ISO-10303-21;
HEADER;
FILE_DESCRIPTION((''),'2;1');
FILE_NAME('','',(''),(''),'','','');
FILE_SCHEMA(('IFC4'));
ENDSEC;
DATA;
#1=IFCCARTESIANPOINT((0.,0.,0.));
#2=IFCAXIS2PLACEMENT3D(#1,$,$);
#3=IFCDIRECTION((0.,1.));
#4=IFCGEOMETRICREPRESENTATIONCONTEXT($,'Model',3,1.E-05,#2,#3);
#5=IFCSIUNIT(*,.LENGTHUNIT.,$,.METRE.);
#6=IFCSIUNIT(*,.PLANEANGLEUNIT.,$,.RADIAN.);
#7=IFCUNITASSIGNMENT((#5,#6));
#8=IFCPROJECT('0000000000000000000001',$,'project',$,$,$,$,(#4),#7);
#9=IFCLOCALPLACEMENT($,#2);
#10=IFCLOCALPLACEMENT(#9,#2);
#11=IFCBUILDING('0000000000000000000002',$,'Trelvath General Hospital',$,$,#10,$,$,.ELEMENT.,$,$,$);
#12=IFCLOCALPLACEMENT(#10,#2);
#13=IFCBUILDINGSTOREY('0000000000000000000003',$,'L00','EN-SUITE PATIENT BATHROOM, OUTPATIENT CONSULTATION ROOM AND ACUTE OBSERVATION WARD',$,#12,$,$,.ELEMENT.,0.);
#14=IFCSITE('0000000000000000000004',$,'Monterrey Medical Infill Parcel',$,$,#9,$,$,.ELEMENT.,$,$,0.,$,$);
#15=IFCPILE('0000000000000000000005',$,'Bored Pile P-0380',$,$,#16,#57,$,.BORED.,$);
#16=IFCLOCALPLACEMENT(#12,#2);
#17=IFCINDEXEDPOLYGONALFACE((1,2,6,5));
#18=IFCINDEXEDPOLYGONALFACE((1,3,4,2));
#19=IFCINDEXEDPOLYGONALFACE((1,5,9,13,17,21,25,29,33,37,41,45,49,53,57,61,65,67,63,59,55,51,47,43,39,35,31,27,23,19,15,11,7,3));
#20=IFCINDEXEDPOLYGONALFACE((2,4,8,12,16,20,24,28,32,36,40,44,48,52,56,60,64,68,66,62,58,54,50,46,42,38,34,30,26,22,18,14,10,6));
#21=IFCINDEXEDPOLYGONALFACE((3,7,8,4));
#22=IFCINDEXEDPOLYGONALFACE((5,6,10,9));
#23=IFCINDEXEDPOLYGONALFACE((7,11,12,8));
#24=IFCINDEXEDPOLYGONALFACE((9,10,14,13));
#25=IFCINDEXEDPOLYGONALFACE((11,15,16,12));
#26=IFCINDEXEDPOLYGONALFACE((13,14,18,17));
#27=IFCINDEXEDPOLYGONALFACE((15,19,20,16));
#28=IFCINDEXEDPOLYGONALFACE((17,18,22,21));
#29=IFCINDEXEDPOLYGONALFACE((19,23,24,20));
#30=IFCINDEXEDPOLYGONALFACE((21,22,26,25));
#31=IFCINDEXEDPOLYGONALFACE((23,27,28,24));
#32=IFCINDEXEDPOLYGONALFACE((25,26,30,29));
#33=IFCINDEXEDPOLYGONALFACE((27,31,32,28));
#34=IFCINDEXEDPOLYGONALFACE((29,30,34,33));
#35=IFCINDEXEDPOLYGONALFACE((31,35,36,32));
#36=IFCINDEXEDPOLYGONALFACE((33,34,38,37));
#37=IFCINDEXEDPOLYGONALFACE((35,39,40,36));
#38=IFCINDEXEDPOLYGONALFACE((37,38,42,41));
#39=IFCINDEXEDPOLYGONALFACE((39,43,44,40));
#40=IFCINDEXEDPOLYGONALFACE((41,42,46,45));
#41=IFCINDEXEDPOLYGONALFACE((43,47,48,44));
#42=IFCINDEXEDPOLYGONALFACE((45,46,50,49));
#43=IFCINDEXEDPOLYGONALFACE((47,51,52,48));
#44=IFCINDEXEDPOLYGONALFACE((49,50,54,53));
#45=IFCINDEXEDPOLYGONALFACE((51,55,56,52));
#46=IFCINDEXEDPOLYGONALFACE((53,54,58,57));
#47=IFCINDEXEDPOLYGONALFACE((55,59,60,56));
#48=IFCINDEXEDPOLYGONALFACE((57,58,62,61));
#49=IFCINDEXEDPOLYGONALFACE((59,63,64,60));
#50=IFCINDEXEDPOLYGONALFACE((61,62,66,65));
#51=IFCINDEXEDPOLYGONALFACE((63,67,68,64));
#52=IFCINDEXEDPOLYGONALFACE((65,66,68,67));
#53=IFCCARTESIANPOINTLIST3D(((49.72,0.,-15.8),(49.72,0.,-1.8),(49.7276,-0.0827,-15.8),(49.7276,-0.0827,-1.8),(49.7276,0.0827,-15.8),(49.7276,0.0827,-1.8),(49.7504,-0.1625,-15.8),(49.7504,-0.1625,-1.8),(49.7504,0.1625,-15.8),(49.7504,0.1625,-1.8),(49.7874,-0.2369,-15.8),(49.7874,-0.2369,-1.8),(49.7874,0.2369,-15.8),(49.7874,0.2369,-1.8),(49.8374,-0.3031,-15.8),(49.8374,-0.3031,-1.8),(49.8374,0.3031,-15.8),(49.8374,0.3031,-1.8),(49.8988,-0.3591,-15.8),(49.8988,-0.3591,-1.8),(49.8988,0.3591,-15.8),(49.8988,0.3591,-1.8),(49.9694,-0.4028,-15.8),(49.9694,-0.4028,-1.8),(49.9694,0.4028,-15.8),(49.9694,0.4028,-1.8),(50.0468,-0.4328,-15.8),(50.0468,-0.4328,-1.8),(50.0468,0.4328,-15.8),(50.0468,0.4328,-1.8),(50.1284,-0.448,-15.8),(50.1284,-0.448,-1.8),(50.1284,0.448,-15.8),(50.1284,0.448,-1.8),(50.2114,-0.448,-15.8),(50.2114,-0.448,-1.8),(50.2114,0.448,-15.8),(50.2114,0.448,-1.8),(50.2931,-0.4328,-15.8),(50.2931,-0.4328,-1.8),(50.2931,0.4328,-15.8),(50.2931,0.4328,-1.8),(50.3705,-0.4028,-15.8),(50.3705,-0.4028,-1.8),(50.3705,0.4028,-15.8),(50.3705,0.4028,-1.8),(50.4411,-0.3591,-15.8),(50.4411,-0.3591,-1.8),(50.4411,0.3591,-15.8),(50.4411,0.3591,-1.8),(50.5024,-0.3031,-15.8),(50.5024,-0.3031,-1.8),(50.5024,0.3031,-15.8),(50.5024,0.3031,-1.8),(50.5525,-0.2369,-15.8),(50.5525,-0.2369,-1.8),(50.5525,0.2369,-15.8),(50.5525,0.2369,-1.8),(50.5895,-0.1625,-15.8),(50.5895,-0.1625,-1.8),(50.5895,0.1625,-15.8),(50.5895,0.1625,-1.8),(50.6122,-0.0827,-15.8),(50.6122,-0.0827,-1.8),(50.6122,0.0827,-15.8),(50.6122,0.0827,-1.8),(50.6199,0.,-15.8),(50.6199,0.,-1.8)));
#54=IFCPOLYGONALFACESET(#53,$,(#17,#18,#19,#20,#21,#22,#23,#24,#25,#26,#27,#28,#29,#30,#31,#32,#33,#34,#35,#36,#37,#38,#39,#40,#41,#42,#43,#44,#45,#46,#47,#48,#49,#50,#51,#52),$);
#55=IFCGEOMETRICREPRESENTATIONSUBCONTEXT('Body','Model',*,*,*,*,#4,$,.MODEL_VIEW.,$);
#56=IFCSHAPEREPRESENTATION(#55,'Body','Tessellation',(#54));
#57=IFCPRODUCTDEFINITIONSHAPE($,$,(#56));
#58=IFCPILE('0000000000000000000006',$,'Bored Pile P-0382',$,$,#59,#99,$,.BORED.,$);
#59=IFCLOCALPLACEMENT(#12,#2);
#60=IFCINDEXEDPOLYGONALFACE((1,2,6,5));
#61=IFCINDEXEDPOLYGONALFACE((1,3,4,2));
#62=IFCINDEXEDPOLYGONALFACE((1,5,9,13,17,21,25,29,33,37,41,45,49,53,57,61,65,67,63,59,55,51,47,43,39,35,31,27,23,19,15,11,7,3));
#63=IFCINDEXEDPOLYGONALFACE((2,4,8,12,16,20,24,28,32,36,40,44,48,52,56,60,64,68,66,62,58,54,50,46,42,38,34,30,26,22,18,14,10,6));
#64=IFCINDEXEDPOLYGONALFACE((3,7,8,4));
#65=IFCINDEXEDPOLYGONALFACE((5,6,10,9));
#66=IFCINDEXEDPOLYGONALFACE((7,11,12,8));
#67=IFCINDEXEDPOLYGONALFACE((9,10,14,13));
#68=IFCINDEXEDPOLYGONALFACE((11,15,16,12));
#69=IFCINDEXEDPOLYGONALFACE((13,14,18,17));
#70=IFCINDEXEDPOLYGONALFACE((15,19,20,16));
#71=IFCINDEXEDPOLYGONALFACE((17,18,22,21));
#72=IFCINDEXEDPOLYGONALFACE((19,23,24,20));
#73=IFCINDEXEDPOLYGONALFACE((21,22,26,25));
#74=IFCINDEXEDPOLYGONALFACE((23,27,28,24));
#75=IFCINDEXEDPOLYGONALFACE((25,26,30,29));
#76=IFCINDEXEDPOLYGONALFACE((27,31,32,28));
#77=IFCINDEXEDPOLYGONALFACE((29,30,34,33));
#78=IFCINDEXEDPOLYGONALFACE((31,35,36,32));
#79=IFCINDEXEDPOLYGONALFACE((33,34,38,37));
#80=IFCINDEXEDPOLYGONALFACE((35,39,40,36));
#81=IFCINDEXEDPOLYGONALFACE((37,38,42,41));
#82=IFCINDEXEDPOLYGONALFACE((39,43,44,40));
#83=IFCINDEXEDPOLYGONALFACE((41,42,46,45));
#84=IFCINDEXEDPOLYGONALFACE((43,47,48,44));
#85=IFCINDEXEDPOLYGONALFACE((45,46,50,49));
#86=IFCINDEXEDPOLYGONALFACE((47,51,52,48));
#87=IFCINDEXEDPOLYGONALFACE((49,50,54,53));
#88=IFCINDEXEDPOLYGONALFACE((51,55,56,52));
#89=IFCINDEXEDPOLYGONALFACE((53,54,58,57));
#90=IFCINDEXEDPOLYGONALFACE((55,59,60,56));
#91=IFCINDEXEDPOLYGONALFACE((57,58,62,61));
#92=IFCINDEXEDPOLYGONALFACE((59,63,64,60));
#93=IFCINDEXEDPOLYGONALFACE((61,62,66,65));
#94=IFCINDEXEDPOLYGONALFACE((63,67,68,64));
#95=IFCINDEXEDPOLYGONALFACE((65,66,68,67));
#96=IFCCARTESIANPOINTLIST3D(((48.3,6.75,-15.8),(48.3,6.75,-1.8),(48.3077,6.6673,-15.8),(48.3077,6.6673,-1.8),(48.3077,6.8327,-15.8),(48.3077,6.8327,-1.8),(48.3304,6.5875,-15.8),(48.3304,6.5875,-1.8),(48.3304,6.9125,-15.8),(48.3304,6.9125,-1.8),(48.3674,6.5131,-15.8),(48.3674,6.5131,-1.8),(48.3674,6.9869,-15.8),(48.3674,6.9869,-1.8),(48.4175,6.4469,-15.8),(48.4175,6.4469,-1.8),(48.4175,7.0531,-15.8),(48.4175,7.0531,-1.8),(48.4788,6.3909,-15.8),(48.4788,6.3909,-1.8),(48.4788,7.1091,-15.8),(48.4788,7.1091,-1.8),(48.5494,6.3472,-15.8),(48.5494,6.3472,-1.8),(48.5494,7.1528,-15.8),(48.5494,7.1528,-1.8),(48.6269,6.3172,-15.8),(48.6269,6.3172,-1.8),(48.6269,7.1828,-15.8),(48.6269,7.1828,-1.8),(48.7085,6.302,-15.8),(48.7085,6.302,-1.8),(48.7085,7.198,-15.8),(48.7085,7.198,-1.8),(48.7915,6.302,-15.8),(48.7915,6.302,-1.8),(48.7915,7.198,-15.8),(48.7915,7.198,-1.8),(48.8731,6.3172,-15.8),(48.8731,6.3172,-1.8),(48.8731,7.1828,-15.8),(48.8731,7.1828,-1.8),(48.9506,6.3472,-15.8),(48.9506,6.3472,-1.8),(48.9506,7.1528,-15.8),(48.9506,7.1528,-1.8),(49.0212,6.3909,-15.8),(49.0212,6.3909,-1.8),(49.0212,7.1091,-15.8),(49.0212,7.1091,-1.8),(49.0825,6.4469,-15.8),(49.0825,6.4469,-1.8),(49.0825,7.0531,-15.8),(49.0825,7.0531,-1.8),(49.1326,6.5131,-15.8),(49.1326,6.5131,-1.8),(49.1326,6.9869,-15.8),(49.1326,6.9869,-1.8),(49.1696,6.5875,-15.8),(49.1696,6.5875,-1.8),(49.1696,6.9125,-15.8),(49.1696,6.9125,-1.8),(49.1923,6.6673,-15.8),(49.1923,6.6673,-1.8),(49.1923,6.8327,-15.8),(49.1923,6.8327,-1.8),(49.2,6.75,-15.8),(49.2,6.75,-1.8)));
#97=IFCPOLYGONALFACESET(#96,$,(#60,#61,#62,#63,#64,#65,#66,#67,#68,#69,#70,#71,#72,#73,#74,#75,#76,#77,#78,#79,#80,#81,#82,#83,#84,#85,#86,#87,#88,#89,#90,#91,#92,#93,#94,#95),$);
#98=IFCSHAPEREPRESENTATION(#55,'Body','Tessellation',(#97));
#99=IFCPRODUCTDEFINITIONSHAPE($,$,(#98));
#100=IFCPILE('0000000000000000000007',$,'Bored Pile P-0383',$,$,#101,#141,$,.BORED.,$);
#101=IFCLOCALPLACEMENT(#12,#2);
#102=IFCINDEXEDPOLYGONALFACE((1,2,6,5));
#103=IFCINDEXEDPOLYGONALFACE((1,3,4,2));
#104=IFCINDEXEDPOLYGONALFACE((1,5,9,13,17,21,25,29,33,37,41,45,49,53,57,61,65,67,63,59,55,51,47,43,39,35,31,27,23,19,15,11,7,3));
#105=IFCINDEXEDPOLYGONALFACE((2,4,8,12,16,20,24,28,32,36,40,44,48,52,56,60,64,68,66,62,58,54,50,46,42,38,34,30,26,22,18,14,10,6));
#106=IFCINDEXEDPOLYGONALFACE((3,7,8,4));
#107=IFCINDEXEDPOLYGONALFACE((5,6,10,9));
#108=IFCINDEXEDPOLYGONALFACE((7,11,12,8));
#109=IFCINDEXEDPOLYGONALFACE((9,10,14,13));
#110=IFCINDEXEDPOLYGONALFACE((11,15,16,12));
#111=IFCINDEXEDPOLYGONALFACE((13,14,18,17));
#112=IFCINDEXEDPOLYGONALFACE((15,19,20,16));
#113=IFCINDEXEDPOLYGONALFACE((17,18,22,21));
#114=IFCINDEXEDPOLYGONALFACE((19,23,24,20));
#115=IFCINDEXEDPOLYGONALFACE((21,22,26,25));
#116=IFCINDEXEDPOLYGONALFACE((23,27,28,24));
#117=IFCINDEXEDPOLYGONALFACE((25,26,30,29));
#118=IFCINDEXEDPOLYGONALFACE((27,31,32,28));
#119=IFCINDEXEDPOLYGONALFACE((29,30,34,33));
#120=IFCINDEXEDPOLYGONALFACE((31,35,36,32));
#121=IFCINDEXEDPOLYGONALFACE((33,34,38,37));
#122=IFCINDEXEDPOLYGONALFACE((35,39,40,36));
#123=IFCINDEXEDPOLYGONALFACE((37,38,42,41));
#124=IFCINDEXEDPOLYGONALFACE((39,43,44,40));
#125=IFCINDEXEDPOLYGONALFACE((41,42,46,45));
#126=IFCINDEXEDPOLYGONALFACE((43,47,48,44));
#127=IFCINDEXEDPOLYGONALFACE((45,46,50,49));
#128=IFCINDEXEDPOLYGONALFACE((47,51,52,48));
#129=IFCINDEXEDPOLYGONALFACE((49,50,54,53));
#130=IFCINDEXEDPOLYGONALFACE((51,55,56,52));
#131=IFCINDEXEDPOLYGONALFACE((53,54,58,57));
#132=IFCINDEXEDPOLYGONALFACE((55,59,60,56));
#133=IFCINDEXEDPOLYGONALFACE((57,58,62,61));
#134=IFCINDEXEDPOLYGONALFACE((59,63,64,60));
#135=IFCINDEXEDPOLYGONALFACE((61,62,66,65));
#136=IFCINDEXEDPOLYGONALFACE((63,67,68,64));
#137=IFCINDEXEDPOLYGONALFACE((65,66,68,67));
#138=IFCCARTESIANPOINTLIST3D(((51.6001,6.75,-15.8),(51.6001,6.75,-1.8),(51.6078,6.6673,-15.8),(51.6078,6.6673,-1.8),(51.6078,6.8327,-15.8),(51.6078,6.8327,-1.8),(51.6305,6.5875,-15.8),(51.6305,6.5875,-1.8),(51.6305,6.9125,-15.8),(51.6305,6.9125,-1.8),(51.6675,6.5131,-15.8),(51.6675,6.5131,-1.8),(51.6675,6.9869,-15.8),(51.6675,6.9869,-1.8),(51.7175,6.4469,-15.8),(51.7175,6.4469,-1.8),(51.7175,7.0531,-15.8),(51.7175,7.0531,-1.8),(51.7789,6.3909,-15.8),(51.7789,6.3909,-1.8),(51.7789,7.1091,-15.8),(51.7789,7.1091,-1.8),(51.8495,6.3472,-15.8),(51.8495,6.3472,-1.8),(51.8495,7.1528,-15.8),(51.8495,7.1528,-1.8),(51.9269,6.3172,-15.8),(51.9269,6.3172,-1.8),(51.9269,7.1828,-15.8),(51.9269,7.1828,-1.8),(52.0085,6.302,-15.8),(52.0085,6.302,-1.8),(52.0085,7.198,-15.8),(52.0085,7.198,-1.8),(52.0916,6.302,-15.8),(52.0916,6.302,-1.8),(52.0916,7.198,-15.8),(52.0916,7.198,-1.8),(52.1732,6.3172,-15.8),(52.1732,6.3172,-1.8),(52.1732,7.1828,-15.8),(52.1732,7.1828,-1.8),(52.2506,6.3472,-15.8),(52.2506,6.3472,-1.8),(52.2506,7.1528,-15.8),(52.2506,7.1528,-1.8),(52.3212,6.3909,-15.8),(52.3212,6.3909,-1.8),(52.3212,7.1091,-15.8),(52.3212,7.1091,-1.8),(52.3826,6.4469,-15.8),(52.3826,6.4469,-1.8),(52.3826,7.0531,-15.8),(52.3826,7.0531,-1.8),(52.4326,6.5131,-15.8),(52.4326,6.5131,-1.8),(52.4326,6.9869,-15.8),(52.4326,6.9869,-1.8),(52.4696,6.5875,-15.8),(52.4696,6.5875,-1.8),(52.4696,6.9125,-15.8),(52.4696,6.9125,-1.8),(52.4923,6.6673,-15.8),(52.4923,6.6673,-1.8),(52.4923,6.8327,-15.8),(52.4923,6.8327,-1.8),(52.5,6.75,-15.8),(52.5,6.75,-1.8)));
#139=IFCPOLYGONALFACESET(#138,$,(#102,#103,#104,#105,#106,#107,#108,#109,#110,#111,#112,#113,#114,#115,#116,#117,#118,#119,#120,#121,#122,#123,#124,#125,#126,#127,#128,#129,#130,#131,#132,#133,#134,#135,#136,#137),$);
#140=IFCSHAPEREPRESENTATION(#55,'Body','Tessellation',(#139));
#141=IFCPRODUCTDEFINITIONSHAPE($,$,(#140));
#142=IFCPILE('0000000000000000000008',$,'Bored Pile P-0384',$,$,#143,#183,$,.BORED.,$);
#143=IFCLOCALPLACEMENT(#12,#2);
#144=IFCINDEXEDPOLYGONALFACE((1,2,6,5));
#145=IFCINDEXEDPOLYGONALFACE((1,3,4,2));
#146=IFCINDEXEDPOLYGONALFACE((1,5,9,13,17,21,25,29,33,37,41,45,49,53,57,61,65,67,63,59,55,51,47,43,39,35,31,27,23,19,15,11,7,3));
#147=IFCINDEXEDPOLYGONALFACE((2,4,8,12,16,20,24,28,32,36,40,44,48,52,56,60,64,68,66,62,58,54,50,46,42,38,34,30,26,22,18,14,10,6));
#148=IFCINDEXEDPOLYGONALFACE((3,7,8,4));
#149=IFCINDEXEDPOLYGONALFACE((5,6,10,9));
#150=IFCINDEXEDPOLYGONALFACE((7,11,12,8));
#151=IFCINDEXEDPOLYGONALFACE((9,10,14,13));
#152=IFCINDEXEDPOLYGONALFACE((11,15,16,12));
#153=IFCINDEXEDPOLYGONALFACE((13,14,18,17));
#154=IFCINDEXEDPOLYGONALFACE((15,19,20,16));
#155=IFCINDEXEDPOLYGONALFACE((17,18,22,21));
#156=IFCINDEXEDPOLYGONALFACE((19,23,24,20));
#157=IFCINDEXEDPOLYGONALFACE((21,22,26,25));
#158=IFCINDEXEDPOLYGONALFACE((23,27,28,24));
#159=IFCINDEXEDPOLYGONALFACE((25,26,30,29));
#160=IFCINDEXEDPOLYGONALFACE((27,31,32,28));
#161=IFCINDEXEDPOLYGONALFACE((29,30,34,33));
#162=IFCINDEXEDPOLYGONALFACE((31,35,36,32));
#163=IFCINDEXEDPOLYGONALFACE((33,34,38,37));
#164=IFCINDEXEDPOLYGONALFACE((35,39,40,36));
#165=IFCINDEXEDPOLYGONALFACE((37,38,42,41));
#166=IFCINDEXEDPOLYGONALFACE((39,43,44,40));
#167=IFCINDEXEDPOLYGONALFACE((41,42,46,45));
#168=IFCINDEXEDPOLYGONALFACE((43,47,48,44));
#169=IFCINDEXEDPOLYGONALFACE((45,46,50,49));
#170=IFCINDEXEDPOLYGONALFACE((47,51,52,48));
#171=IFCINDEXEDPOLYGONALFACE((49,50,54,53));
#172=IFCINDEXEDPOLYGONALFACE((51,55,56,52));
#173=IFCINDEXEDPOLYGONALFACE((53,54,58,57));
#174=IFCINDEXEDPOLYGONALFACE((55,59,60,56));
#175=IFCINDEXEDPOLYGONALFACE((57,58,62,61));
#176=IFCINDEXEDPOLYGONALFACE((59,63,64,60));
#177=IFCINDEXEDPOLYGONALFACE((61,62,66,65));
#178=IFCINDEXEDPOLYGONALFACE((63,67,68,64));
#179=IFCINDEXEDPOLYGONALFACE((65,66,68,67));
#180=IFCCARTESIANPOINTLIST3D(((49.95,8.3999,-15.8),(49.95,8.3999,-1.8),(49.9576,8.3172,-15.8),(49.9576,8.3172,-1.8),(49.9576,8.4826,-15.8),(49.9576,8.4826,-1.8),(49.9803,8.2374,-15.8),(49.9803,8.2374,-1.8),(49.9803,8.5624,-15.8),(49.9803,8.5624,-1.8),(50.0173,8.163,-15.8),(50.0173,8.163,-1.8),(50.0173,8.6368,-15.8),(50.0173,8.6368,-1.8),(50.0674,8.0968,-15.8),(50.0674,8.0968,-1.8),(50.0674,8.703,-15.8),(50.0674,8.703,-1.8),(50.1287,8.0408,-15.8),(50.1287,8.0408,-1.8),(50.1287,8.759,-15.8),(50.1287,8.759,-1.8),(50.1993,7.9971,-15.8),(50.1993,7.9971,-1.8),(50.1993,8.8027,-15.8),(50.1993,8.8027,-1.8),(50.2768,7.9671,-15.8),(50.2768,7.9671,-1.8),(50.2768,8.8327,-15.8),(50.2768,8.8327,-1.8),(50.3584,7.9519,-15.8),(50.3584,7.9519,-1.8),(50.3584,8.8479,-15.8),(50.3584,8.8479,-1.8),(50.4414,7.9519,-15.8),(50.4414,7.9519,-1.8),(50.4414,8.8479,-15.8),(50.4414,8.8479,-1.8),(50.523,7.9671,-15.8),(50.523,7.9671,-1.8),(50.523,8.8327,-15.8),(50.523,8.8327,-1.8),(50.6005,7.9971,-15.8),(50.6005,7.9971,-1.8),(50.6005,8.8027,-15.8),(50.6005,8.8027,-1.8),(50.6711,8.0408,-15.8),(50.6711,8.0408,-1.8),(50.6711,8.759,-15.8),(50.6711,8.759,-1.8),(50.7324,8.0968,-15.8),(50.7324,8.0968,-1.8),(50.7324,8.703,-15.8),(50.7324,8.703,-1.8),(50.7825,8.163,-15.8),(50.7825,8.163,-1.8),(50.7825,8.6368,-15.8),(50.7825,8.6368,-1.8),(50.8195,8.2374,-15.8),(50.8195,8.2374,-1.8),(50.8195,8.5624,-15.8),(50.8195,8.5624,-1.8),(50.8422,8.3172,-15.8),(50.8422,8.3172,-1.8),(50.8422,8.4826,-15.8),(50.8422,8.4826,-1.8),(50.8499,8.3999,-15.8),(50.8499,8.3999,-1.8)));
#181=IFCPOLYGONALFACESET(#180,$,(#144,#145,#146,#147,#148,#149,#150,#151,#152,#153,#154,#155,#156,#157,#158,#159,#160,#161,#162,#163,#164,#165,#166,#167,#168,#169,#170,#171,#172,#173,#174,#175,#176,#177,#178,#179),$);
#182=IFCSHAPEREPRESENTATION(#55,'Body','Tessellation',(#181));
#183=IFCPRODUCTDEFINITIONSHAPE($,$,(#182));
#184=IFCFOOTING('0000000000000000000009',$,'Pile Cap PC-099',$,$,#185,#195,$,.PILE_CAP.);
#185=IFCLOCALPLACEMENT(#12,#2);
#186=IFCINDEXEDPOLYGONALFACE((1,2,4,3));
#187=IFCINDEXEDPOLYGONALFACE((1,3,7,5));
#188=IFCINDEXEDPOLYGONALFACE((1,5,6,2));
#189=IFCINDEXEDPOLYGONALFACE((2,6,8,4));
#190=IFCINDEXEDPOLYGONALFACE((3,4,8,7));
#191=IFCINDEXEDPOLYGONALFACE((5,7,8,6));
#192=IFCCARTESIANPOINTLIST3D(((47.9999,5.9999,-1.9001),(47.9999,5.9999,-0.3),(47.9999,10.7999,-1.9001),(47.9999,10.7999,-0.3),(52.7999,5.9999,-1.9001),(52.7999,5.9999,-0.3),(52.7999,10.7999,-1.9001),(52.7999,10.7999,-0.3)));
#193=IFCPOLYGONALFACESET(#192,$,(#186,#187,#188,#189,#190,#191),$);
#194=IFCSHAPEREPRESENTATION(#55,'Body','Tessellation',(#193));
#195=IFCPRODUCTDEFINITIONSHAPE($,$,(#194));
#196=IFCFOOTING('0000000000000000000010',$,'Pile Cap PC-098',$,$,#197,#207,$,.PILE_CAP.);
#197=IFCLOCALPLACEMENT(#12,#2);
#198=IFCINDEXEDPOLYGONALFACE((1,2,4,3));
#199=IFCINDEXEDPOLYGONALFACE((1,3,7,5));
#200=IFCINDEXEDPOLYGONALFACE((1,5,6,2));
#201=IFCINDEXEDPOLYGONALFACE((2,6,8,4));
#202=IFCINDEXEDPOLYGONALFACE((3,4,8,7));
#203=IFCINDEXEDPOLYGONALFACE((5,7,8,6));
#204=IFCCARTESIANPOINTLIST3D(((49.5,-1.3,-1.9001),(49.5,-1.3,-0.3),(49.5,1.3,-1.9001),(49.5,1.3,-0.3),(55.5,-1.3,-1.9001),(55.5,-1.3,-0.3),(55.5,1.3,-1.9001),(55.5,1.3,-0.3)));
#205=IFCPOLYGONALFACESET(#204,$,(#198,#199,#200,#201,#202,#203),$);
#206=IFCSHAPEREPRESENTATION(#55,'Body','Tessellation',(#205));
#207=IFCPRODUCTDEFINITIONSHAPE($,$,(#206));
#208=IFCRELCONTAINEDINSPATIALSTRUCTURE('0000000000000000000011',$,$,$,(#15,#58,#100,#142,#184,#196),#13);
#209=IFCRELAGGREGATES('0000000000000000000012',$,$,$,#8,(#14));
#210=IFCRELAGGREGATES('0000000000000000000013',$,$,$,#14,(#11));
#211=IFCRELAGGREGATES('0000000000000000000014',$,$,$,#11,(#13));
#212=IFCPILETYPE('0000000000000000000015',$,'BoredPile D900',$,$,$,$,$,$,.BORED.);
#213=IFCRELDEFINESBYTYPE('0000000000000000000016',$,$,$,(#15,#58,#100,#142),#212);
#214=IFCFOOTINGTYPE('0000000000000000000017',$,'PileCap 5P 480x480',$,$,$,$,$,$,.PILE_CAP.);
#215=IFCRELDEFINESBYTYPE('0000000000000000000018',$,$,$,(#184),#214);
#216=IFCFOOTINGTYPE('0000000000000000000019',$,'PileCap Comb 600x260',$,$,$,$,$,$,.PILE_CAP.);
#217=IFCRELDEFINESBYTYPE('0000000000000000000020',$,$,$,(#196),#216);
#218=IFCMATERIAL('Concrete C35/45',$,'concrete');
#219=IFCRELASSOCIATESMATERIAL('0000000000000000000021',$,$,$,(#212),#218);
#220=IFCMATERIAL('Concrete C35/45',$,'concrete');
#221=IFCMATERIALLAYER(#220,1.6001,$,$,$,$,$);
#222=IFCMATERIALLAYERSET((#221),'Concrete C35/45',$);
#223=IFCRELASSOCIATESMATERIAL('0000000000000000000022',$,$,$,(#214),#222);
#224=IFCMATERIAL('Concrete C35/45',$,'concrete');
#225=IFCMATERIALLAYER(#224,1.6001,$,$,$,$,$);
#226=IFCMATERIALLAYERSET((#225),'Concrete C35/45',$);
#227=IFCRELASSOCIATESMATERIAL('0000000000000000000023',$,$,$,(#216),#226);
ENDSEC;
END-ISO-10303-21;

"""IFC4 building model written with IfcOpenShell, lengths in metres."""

from ifc_helpers import new_model, si_unit, direction, frame, origin, origin_2d, place, context, subcontext, project, spatial, rectangle, circle, extrude, material, layer, layer_set, material_profile, profile_set, type_object, element, save


model = new_model("IFC4")

# Units and contexts
model_context = context("Model", 3, precision=1e-05, world=origin(), true_north=direction((0.0, 1.0)))
body_context = subcontext(model_context, "Body", "Model", "MODEL_VIEW")
ifc_project = project(units=[si_unit("LENGTHUNIT", "METRE"), si_unit("PLANEANGLEUNIT", "RADIAN")], contexts=[model_context])

# Site, building, storey
site_placement = place(None, origin())
site = spatial("IfcSite", under=ifc_project, at=site_placement, Name="Monterrey Medical Infill Parcel", CompositionType="ELEMENT", RefElevation=0.0)
building_placement = place(site_placement, origin())
building = spatial("IfcBuilding", under=site, at=building_placement, Name="Trelvath General Hospital", CompositionType="ELEMENT")
storey_placement = place(building_placement, origin())
storey = spatial("IfcBuildingStorey", under=building, at=storey_placement, Name="L00", Description="EN-SUITE PATIENT BATHROOM, OUTPATIENT CONSULTATION ROOM AND ACUTE OBSERVATION WARD", CompositionType="ELEMENT", Elevation=0.0)

# Piles
ifc_material_1 = material(Name="Concrete C35/45", Category="concrete")
ifc_material_profile_1 = material_profile(ifc_material_1, circle(Radius=0.45, at=origin_2d()), Name="PILE900")
ifc_profile_set_1 = profile_set([ifc_material_profile_1], Name="Concrete C35/45")
pile_type = type_object("IfcPileType", Name="BoredPile D900", PredefinedType="BORED", material=ifc_profile_set_1)
for number, where, z_axis, x_axis, name in (
    (1, (50.1699, 0.0, -1.8), (0.0, 0.0, -1.0), (1.0, 0.0, 0.0), "Bored Pile P-0380"),
    (2, (48.75, 6.75, -1.8), (0.0, 0.0, -1.0), (1.0, 0.0, 0.0), "Bored Pile P-0382"),
    (3, (52.05, 6.75, -1.8), (0.0, 0.0, -1.0), (1.0, 0.0, 0.0), "Bored Pile P-0383"),
    (4, (50.3999, 8.3999, -1.8), (0.0, 0.0, -1.0), (1.0, 0.0, 0.0), "Bored Pile P-0384"),
):
    element("IfcPile", number, at=place(storey_placement, frame(where, z_axis=z_axis, x_axis=x_axis)), inside=storey, type_object=pile_type, Name=name, PredefinedType="BORED", context=body_context, shape_type="SweptSolid", body=[
        extrude(circle(Radius=0.45, at=origin_2d()), origin(), (0.0, 0.0, 1.0), 14.0),
    ])

# Footings
ifc_material_2 = material(Name="Concrete C35/45", Category="concrete")
ifc_layer_1 = layer(ifc_material_2, 1.6001)
ifc_layer_set_1 = layer_set([ifc_layer_1], Name="Concrete C35/45")
footing_type_1 = type_object("IfcFootingType", Name="PileCap 5P 480x480", PredefinedType="PILE_CAP", material=ifc_layer_set_1)
footing_1_placement = place(storey_placement, frame((50.3999, 8.3999, -1.9001), z_axis=(0.0, 0.0, 1.0), x_axis=(1.0, 0.0, 0.0)))
element("IfcFooting", 5, at=footing_1_placement, inside=storey, type_object=footing_type_1, Name="Pile Cap PC-099", PredefinedType="PILE_CAP", context=body_context, shape_type="SweptSolid", body=[
    extrude(rectangle(XDim=4.8, YDim=4.8, at=origin_2d()), origin(), (0.0, 0.0, 1.0), 1.6001),
])
ifc_material_3 = material(Name="Concrete C35/45", Category="concrete")
ifc_layer_2 = layer(ifc_material_3, 1.6001)
ifc_layer_set_2 = layer_set([ifc_layer_2], Name="Concrete C35/45")
footing_type_2 = type_object("IfcFootingType", Name="PileCap Comb 600x260", PredefinedType="PILE_CAP", material=ifc_layer_set_2)
footing_2_placement = place(storey_placement, frame((52.5, 0.0, -1.9001), z_axis=(0.0, 0.0, 1.0), x_axis=(1.0, 0.0, 0.0)))
element("IfcFooting", 6, at=footing_2_placement, inside=storey, type_object=footing_type_2, Name="Pile Cap PC-098", PredefinedType="PILE_CAP", context=body_context, shape_type="SweptSolid", body=[
    extrude(rectangle(XDim=6.0, YDim=2.6001, at=origin_2d()), origin(), (0.0, 0.0, 1.0), 1.6001),
])

save(model, "model.ifc")
